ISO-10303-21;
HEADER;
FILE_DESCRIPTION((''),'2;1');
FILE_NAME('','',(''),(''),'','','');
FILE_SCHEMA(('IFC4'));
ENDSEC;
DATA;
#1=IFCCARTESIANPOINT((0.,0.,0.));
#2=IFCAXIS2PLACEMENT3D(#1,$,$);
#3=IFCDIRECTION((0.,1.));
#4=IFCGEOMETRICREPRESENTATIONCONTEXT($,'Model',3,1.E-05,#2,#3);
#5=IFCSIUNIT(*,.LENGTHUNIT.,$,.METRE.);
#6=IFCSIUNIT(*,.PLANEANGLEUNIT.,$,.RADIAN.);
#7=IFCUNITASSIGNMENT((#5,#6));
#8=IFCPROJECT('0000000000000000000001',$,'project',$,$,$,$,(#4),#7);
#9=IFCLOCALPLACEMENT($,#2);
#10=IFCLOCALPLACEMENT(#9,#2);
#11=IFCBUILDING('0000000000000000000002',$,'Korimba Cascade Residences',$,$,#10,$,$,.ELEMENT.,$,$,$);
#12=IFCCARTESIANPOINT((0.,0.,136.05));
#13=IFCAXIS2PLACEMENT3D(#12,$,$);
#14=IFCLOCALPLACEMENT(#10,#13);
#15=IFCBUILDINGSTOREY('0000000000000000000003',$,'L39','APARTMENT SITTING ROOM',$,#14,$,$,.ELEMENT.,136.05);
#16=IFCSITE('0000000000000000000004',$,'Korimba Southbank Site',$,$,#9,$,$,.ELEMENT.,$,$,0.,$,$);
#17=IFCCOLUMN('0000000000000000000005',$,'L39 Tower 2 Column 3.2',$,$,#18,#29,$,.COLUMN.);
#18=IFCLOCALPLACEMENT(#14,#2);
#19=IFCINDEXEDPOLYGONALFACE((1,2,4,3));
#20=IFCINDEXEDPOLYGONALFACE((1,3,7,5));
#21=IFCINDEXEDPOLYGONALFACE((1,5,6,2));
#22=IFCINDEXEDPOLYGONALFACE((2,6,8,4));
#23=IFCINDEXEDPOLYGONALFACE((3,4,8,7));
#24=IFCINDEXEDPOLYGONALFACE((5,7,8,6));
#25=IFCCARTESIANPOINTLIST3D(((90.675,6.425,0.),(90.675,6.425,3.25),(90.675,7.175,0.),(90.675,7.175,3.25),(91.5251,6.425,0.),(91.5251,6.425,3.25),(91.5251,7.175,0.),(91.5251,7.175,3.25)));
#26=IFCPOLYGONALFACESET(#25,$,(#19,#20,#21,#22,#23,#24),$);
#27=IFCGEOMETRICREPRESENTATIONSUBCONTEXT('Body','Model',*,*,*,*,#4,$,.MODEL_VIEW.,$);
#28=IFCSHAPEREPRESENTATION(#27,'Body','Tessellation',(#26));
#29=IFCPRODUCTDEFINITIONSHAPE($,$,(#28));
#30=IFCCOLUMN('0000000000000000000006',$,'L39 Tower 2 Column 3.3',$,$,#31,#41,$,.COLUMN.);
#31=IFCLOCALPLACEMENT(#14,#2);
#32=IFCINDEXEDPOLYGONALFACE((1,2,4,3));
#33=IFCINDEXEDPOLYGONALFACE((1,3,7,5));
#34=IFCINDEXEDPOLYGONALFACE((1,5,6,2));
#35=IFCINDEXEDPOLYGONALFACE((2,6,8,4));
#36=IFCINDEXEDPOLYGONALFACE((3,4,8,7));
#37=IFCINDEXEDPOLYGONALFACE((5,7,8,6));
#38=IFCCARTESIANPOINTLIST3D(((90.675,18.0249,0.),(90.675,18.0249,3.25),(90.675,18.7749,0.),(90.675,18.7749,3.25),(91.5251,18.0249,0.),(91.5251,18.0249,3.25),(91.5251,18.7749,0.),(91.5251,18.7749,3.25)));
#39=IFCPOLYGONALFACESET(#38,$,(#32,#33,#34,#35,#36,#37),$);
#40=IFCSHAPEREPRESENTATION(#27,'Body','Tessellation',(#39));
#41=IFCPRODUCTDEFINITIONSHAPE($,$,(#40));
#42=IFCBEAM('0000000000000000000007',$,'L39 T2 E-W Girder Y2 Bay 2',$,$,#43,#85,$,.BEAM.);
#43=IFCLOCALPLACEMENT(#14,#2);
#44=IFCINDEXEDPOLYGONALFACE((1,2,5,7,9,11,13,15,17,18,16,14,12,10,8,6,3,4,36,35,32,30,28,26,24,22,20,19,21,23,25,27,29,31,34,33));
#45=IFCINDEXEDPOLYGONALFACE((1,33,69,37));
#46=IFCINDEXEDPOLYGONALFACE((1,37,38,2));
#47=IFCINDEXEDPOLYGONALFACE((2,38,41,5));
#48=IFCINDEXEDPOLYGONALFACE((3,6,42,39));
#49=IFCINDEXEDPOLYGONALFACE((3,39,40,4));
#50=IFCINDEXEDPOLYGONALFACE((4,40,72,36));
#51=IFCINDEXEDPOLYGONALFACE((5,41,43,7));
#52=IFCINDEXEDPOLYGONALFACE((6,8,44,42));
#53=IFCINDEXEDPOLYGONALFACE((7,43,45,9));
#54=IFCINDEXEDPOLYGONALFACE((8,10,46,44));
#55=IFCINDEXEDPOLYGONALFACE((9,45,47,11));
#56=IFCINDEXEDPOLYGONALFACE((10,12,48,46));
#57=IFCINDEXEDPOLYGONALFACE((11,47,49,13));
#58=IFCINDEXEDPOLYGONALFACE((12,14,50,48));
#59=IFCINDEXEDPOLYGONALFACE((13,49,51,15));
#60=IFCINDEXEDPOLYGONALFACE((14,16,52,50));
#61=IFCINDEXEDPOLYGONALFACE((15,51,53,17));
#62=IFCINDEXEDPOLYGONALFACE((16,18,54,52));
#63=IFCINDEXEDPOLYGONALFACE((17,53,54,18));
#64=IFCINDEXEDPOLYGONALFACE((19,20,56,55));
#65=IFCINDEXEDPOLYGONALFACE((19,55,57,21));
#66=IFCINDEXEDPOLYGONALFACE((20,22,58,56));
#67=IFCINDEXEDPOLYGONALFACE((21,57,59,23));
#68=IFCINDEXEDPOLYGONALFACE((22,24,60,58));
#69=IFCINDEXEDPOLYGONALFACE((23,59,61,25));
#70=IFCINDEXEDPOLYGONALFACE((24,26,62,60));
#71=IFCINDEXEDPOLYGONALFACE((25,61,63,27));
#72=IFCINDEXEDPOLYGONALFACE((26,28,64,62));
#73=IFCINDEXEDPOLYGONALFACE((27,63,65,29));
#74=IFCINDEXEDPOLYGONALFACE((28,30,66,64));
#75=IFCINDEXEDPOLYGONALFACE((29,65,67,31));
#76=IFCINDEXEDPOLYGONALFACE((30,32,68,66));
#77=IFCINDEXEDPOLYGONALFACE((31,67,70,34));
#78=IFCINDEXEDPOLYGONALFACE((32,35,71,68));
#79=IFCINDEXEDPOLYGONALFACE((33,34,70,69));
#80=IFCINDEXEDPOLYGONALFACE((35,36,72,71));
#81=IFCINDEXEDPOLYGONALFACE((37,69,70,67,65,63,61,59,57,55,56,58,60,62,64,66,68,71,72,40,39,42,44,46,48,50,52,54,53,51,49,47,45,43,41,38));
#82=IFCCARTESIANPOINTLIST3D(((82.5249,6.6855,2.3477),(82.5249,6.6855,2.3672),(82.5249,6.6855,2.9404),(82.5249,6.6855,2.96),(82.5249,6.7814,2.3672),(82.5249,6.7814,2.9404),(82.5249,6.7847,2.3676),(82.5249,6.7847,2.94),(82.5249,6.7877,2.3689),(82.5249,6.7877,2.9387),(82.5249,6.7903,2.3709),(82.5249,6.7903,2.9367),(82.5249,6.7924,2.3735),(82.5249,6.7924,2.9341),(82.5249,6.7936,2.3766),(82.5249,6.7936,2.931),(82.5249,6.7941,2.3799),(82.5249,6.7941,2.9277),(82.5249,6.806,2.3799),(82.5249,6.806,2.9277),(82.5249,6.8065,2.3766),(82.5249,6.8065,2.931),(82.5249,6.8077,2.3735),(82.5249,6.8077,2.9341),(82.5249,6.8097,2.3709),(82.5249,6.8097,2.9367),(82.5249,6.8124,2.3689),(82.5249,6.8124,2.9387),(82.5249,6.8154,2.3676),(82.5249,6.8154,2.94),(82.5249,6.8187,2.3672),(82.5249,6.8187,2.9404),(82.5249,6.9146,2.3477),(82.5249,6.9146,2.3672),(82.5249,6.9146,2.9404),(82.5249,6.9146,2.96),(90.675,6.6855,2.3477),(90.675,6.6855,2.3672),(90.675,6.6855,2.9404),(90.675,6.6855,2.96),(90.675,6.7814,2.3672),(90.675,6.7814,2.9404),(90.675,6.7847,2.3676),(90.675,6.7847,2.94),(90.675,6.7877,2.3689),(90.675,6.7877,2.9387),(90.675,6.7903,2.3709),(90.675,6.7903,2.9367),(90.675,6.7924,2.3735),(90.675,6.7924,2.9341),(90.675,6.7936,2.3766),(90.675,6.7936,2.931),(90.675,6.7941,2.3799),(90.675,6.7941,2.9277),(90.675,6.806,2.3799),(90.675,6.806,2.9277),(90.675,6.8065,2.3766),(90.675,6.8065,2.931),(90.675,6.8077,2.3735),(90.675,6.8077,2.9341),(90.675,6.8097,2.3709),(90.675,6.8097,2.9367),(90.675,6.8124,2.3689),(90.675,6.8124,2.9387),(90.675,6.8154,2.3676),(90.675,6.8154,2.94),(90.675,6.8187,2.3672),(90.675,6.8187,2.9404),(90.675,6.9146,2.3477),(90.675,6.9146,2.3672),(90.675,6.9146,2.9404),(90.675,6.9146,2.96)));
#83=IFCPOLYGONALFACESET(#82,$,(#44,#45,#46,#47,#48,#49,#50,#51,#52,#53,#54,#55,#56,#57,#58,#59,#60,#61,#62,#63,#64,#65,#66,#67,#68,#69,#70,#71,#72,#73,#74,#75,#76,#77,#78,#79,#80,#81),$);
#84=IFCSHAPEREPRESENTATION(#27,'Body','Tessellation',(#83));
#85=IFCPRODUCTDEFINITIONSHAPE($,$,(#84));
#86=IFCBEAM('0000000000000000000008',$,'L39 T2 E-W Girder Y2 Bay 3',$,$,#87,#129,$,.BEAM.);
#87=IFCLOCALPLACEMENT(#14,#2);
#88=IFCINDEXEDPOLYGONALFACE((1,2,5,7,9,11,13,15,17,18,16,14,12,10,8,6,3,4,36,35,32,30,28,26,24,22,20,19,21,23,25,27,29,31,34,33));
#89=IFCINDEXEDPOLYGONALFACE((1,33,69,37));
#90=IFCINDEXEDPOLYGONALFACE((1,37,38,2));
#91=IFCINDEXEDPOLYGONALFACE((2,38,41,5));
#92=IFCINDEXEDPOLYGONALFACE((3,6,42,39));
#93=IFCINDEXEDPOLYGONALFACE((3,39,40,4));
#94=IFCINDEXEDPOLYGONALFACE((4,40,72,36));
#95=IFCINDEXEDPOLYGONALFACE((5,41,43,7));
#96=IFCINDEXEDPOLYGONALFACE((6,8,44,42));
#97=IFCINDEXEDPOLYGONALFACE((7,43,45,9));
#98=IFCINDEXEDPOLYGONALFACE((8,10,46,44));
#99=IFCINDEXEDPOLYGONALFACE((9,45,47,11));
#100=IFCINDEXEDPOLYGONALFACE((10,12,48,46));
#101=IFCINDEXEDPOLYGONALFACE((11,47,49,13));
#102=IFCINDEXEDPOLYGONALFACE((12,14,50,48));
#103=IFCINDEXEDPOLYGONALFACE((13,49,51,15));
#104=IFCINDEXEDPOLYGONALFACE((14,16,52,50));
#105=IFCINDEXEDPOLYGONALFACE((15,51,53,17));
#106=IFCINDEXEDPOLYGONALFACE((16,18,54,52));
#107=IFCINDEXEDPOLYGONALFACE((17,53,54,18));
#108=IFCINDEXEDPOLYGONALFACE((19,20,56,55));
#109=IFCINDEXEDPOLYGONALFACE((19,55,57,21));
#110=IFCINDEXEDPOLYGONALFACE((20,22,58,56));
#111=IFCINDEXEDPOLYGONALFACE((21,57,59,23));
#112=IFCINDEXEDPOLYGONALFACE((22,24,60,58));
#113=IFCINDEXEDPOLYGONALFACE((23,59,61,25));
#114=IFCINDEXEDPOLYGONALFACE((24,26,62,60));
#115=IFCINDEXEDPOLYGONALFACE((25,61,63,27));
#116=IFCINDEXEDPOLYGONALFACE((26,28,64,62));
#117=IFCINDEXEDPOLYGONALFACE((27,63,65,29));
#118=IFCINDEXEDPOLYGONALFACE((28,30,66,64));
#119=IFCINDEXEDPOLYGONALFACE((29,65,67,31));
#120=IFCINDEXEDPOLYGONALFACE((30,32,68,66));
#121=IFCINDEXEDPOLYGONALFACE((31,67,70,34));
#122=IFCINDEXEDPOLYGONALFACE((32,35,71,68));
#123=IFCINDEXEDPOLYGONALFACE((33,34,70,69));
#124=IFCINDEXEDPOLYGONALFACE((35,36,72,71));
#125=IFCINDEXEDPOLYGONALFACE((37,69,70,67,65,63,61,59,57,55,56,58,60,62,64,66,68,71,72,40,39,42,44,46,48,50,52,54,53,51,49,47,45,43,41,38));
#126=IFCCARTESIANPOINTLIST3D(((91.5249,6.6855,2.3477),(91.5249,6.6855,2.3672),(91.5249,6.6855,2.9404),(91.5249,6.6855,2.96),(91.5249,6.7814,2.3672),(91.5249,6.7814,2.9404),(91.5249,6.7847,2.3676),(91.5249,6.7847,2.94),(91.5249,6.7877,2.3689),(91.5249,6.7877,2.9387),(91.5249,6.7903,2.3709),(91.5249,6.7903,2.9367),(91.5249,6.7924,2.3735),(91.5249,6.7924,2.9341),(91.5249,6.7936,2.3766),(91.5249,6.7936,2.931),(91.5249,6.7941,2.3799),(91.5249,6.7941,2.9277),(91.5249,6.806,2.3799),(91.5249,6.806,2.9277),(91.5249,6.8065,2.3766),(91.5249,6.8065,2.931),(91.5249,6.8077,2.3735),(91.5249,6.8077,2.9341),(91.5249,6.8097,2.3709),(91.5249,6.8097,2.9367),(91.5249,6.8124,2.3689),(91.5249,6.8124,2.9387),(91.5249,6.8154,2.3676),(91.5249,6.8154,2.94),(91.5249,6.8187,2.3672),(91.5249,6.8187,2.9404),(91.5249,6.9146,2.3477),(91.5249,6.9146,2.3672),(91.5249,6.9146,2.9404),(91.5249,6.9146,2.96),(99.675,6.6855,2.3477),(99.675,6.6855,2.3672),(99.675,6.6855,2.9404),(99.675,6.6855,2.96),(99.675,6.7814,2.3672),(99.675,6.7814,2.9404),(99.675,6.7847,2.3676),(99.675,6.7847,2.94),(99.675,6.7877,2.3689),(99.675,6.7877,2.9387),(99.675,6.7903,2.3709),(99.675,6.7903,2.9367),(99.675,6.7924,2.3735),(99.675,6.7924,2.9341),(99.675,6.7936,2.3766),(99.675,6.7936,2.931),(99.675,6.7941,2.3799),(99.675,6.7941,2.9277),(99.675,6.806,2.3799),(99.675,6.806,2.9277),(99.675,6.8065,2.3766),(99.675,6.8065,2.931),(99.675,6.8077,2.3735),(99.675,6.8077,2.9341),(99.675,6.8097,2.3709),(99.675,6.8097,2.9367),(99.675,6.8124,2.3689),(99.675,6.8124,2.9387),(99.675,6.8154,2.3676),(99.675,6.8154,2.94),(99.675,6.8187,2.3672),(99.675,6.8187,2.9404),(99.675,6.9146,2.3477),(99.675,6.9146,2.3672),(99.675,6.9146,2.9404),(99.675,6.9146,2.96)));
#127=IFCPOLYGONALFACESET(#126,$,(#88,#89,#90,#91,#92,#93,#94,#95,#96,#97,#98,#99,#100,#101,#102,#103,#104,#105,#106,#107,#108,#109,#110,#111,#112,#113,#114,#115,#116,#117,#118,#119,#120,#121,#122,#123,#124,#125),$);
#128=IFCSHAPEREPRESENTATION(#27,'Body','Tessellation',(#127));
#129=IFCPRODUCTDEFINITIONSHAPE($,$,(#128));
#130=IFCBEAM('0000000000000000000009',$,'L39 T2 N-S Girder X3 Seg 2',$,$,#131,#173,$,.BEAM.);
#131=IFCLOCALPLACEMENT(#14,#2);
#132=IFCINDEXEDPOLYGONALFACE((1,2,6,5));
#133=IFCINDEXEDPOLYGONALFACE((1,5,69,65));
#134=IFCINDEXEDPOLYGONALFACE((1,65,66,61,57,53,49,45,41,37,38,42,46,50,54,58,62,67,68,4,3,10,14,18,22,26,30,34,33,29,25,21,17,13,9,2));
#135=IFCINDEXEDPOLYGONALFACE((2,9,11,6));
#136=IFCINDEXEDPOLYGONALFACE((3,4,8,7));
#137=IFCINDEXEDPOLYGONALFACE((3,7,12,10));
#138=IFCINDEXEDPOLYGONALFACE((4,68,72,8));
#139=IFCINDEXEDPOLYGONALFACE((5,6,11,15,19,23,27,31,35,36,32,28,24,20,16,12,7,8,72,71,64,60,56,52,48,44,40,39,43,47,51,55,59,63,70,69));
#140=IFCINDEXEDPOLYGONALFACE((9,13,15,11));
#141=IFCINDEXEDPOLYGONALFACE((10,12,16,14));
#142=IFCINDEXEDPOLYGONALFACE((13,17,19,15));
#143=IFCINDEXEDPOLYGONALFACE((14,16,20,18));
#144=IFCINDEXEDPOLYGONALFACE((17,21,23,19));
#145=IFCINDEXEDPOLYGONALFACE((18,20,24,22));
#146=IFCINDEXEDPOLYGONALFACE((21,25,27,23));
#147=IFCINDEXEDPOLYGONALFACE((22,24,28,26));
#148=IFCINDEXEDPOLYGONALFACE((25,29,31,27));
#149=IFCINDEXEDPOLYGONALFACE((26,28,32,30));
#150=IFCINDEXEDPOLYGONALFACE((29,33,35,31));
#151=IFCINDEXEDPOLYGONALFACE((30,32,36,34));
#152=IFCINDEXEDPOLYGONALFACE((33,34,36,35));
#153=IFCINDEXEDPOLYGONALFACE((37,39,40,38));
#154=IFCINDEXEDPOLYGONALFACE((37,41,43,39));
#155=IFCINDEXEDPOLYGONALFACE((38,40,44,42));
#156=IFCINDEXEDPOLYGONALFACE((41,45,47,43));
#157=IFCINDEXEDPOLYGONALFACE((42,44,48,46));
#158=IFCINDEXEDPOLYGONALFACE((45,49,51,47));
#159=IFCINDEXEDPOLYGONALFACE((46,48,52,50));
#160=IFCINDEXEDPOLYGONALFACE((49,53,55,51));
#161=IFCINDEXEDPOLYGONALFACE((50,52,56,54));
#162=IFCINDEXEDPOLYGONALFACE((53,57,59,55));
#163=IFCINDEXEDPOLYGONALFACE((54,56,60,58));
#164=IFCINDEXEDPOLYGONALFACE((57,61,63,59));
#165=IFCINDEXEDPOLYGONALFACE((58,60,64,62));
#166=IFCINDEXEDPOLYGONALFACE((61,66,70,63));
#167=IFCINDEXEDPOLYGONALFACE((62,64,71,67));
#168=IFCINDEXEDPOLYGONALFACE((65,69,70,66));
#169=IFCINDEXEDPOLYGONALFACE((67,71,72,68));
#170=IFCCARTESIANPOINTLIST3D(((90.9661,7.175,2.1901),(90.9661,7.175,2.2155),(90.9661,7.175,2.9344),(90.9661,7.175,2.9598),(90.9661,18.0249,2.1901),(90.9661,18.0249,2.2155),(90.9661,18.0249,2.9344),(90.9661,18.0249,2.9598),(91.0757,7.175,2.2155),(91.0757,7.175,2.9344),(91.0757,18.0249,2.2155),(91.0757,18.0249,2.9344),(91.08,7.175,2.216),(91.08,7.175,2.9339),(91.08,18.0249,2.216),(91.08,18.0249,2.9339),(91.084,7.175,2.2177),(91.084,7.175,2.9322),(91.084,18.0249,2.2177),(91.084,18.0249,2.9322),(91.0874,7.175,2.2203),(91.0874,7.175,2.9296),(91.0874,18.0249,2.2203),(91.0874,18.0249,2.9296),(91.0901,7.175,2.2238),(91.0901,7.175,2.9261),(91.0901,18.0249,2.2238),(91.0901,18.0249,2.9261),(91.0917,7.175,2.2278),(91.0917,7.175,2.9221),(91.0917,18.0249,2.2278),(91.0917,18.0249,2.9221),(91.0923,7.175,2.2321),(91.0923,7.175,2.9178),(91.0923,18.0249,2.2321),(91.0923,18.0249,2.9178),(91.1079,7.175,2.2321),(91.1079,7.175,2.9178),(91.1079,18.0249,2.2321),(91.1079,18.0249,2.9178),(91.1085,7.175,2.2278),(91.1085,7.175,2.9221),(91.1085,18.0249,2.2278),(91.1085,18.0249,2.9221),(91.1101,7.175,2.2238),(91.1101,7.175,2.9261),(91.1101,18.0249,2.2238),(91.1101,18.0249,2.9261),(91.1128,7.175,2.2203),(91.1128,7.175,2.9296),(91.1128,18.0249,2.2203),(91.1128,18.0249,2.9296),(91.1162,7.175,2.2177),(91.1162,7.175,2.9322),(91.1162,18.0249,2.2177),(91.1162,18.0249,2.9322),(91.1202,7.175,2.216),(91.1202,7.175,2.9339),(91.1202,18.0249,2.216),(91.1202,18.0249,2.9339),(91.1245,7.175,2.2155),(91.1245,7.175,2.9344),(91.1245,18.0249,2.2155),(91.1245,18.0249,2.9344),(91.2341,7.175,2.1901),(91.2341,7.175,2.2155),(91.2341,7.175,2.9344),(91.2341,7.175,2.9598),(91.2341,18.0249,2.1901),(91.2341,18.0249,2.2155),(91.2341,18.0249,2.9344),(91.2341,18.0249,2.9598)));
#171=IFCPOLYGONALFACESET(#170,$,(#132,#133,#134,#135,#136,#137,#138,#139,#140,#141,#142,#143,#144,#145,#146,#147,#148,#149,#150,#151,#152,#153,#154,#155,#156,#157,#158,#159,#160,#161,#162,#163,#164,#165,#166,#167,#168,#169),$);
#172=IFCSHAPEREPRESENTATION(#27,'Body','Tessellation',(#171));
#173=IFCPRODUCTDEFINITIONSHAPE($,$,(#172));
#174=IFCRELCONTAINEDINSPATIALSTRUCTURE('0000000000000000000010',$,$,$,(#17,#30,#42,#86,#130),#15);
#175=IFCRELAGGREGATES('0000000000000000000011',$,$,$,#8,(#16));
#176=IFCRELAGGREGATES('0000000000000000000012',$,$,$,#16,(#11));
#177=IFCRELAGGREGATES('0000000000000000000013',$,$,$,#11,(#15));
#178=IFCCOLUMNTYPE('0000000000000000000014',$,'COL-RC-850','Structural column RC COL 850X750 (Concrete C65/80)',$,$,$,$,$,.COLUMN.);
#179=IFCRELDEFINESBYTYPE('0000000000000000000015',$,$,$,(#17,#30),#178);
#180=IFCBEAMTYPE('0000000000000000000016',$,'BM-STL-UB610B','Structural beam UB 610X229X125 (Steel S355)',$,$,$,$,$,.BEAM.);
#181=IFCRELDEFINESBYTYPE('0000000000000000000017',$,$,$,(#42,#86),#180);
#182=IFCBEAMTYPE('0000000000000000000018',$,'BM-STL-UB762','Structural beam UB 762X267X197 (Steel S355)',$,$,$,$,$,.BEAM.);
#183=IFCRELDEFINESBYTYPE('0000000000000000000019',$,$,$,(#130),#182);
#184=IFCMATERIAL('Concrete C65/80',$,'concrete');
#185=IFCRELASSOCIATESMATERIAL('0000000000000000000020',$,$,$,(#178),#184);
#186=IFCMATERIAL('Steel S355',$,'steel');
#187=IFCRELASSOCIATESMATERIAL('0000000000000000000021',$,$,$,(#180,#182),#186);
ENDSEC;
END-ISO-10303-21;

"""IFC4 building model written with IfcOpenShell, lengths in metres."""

from ifc_helpers import new_model, si_unit, direction, frame, origin, origin_2d, place, context, subcontext, project, spatial, rectangle, i_section, extrude, material, material_profile, profile_set, type_object, element, save


model = new_model("IFC4")

# Units and contexts
model_context = context("Model", 3, precision=1e-05, world=origin(), true_north=direction((0.0, 1.0)))
body_context = subcontext(model_context, "Body", "Model", "MODEL_VIEW")
ifc_project = project(units=[si_unit("LENGTHUNIT", "METRE"), si_unit("PLANEANGLEUNIT", "RADIAN")], contexts=[model_context])

# Site, building, storey
site_placement = place(None, origin())
site = spatial("IfcSite", under=ifc_project, at=site_placement, Name="Korimba Southbank Site", CompositionType="ELEMENT", RefElevation=0.0)
building_placement = place(site_placement, origin())
building = spatial("IfcBuilding", under=site, at=building_placement, Name="Korimba Cascade Residences", CompositionType="ELEMENT")
storey_placement = place(building_placement, frame((0.0, 0.0, 136.05)))
storey = spatial("IfcBuildingStorey", under=building, at=storey_placement, Name="L39", Description="APARTMENT SITTING ROOM", CompositionType="ELEMENT", Elevation=136.05)

# Columns
ifc_material_1 = material(Name="Concrete C65/80", Category="concrete")
ifc_material_profile_1 = material_profile(ifc_material_1, rectangle(XDim=0.8501, YDim=0.75, at=origin_2d()), Name="Concrete C65/80")
ifc_profile_set_1 = profile_set([ifc_material_profile_1], Name="Concrete C65/80")
column_type = type_object("IfcColumnType", Name="COL-RC-850", Description="Structural column RC COL 850X750 (Concrete C65/80)", PredefinedType="COLUMN", material=ifc_profile_set_1)
for number, where, z_axis, x_axis, name in (
    (1, (91.1001, 6.8, 0.0), (0.0, 0.0, 1.0), (1.0, 0.0, 0.0), "L39 Tower 2 Column 3.2"),
    (2, (91.1001, 18.3999, 0.0), (0.0, 0.0, 1.0), (1.0, 0.0, 0.0), "L39 Tower 2 Column 3.3"),
):
    element("IfcColumn", number, at=place(storey_placement, frame(where, z_axis=z_axis, x_axis=x_axis)), inside=storey, type_object=column_type, Name=name, PredefinedType="COLUMN", context=body_context, shape_type="SweptSolid", body=[
        extrude(rectangle(XDim=0.8501, YDim=0.75, at=origin_2d()), origin(), (0.0, 0.0, 1.0), 3.25),
    ])

# Beams
ifc_material_2 = material(Name="Steel S355", Category="steel")
ifc_material_profile_2 = material_profile(ifc_material_2, i_section(OverallWidth=0.229, OverallDepth=0.6123, WebThickness=0.012, FlangeThickness=0.0195, FilletRadius=0.0127, at=origin_2d()), Name="Steel S355")
ifc_profile_set_2 = profile_set([ifc_material_profile_2], Name="Steel S355")
beam_type_1 = type_object("IfcBeamType", Name="BM-STL-UB610B", Description="Structural beam UB 610X229X125 (Steel S355)", PredefinedType="BEAM", material=ifc_profile_set_2)
for number, where, z_axis, x_axis, name in (
    (3, (82.5249, 6.8, 2.6538), (1.0, 0.0, 0.0), (0.0, 1.0, 0.0), "L39 T2 E-W Girder Y2 Bay 2"),
    (4, (91.5249, 6.8, 2.6538), (1.0, 0.0, 0.0), (0.0, 1.0, 0.0), "L39 T2 E-W Girder Y2 Bay 3"),
):
    element("IfcBeam", number, at=place(storey_placement, frame(where, z_axis=z_axis, x_axis=x_axis)), inside=storey, type_object=beam_type_1, Name=name, PredefinedType="BEAM", context=body_context, shape_type="SweptSolid", body=[
        extrude(i_section(OverallWidth=0.229, OverallDepth=0.6123, WebThickness=0.012, FlangeThickness=0.0195, FilletRadius=0.0127, at=origin_2d()), origin(), (0.0, 0.0, 1.0), 8.1501),
    ])
ifc_material_profile_3 = material_profile(ifc_material_2, i_section(OverallWidth=0.2681, OverallDepth=0.7698, WebThickness=0.0156, FlangeThickness=0.0254, FilletRadius=0.0166, at=origin_2d()), Name="Steel S355")
ifc_profile_set_3 = profile_set([ifc_material_profile_3], Name="Steel S355")
beam_type_2 = type_object("IfcBeamType", Name="BM-STL-UB762", Description="Structural beam UB 762X267X197 (Steel S355)", PredefinedType="BEAM", material=ifc_profile_set_3)
beam_1_placement = place(storey_placement, frame((91.1001, 7.175, 2.575), z_axis=(0.0, 1.0, 0.0), x_axis=(-1.0, 0.0, 0.0)))
element("IfcBeam", 5, at=beam_1_placement, inside=storey, type_object=beam_type_2, Name="L39 T2 N-S Girder X3 Seg 2", PredefinedType="BEAM", context=body_context, shape_type="SweptSolid", body=[
    extrude(i_section(OverallWidth=0.2681, OverallDepth=0.7698, WebThickness=0.0156, FlangeThickness=0.0254, FilletRadius=0.0166, at=origin_2d()), origin(), (0.0, 0.0, 1.0), 10.8499),
])

save(model, "model.ifc")
